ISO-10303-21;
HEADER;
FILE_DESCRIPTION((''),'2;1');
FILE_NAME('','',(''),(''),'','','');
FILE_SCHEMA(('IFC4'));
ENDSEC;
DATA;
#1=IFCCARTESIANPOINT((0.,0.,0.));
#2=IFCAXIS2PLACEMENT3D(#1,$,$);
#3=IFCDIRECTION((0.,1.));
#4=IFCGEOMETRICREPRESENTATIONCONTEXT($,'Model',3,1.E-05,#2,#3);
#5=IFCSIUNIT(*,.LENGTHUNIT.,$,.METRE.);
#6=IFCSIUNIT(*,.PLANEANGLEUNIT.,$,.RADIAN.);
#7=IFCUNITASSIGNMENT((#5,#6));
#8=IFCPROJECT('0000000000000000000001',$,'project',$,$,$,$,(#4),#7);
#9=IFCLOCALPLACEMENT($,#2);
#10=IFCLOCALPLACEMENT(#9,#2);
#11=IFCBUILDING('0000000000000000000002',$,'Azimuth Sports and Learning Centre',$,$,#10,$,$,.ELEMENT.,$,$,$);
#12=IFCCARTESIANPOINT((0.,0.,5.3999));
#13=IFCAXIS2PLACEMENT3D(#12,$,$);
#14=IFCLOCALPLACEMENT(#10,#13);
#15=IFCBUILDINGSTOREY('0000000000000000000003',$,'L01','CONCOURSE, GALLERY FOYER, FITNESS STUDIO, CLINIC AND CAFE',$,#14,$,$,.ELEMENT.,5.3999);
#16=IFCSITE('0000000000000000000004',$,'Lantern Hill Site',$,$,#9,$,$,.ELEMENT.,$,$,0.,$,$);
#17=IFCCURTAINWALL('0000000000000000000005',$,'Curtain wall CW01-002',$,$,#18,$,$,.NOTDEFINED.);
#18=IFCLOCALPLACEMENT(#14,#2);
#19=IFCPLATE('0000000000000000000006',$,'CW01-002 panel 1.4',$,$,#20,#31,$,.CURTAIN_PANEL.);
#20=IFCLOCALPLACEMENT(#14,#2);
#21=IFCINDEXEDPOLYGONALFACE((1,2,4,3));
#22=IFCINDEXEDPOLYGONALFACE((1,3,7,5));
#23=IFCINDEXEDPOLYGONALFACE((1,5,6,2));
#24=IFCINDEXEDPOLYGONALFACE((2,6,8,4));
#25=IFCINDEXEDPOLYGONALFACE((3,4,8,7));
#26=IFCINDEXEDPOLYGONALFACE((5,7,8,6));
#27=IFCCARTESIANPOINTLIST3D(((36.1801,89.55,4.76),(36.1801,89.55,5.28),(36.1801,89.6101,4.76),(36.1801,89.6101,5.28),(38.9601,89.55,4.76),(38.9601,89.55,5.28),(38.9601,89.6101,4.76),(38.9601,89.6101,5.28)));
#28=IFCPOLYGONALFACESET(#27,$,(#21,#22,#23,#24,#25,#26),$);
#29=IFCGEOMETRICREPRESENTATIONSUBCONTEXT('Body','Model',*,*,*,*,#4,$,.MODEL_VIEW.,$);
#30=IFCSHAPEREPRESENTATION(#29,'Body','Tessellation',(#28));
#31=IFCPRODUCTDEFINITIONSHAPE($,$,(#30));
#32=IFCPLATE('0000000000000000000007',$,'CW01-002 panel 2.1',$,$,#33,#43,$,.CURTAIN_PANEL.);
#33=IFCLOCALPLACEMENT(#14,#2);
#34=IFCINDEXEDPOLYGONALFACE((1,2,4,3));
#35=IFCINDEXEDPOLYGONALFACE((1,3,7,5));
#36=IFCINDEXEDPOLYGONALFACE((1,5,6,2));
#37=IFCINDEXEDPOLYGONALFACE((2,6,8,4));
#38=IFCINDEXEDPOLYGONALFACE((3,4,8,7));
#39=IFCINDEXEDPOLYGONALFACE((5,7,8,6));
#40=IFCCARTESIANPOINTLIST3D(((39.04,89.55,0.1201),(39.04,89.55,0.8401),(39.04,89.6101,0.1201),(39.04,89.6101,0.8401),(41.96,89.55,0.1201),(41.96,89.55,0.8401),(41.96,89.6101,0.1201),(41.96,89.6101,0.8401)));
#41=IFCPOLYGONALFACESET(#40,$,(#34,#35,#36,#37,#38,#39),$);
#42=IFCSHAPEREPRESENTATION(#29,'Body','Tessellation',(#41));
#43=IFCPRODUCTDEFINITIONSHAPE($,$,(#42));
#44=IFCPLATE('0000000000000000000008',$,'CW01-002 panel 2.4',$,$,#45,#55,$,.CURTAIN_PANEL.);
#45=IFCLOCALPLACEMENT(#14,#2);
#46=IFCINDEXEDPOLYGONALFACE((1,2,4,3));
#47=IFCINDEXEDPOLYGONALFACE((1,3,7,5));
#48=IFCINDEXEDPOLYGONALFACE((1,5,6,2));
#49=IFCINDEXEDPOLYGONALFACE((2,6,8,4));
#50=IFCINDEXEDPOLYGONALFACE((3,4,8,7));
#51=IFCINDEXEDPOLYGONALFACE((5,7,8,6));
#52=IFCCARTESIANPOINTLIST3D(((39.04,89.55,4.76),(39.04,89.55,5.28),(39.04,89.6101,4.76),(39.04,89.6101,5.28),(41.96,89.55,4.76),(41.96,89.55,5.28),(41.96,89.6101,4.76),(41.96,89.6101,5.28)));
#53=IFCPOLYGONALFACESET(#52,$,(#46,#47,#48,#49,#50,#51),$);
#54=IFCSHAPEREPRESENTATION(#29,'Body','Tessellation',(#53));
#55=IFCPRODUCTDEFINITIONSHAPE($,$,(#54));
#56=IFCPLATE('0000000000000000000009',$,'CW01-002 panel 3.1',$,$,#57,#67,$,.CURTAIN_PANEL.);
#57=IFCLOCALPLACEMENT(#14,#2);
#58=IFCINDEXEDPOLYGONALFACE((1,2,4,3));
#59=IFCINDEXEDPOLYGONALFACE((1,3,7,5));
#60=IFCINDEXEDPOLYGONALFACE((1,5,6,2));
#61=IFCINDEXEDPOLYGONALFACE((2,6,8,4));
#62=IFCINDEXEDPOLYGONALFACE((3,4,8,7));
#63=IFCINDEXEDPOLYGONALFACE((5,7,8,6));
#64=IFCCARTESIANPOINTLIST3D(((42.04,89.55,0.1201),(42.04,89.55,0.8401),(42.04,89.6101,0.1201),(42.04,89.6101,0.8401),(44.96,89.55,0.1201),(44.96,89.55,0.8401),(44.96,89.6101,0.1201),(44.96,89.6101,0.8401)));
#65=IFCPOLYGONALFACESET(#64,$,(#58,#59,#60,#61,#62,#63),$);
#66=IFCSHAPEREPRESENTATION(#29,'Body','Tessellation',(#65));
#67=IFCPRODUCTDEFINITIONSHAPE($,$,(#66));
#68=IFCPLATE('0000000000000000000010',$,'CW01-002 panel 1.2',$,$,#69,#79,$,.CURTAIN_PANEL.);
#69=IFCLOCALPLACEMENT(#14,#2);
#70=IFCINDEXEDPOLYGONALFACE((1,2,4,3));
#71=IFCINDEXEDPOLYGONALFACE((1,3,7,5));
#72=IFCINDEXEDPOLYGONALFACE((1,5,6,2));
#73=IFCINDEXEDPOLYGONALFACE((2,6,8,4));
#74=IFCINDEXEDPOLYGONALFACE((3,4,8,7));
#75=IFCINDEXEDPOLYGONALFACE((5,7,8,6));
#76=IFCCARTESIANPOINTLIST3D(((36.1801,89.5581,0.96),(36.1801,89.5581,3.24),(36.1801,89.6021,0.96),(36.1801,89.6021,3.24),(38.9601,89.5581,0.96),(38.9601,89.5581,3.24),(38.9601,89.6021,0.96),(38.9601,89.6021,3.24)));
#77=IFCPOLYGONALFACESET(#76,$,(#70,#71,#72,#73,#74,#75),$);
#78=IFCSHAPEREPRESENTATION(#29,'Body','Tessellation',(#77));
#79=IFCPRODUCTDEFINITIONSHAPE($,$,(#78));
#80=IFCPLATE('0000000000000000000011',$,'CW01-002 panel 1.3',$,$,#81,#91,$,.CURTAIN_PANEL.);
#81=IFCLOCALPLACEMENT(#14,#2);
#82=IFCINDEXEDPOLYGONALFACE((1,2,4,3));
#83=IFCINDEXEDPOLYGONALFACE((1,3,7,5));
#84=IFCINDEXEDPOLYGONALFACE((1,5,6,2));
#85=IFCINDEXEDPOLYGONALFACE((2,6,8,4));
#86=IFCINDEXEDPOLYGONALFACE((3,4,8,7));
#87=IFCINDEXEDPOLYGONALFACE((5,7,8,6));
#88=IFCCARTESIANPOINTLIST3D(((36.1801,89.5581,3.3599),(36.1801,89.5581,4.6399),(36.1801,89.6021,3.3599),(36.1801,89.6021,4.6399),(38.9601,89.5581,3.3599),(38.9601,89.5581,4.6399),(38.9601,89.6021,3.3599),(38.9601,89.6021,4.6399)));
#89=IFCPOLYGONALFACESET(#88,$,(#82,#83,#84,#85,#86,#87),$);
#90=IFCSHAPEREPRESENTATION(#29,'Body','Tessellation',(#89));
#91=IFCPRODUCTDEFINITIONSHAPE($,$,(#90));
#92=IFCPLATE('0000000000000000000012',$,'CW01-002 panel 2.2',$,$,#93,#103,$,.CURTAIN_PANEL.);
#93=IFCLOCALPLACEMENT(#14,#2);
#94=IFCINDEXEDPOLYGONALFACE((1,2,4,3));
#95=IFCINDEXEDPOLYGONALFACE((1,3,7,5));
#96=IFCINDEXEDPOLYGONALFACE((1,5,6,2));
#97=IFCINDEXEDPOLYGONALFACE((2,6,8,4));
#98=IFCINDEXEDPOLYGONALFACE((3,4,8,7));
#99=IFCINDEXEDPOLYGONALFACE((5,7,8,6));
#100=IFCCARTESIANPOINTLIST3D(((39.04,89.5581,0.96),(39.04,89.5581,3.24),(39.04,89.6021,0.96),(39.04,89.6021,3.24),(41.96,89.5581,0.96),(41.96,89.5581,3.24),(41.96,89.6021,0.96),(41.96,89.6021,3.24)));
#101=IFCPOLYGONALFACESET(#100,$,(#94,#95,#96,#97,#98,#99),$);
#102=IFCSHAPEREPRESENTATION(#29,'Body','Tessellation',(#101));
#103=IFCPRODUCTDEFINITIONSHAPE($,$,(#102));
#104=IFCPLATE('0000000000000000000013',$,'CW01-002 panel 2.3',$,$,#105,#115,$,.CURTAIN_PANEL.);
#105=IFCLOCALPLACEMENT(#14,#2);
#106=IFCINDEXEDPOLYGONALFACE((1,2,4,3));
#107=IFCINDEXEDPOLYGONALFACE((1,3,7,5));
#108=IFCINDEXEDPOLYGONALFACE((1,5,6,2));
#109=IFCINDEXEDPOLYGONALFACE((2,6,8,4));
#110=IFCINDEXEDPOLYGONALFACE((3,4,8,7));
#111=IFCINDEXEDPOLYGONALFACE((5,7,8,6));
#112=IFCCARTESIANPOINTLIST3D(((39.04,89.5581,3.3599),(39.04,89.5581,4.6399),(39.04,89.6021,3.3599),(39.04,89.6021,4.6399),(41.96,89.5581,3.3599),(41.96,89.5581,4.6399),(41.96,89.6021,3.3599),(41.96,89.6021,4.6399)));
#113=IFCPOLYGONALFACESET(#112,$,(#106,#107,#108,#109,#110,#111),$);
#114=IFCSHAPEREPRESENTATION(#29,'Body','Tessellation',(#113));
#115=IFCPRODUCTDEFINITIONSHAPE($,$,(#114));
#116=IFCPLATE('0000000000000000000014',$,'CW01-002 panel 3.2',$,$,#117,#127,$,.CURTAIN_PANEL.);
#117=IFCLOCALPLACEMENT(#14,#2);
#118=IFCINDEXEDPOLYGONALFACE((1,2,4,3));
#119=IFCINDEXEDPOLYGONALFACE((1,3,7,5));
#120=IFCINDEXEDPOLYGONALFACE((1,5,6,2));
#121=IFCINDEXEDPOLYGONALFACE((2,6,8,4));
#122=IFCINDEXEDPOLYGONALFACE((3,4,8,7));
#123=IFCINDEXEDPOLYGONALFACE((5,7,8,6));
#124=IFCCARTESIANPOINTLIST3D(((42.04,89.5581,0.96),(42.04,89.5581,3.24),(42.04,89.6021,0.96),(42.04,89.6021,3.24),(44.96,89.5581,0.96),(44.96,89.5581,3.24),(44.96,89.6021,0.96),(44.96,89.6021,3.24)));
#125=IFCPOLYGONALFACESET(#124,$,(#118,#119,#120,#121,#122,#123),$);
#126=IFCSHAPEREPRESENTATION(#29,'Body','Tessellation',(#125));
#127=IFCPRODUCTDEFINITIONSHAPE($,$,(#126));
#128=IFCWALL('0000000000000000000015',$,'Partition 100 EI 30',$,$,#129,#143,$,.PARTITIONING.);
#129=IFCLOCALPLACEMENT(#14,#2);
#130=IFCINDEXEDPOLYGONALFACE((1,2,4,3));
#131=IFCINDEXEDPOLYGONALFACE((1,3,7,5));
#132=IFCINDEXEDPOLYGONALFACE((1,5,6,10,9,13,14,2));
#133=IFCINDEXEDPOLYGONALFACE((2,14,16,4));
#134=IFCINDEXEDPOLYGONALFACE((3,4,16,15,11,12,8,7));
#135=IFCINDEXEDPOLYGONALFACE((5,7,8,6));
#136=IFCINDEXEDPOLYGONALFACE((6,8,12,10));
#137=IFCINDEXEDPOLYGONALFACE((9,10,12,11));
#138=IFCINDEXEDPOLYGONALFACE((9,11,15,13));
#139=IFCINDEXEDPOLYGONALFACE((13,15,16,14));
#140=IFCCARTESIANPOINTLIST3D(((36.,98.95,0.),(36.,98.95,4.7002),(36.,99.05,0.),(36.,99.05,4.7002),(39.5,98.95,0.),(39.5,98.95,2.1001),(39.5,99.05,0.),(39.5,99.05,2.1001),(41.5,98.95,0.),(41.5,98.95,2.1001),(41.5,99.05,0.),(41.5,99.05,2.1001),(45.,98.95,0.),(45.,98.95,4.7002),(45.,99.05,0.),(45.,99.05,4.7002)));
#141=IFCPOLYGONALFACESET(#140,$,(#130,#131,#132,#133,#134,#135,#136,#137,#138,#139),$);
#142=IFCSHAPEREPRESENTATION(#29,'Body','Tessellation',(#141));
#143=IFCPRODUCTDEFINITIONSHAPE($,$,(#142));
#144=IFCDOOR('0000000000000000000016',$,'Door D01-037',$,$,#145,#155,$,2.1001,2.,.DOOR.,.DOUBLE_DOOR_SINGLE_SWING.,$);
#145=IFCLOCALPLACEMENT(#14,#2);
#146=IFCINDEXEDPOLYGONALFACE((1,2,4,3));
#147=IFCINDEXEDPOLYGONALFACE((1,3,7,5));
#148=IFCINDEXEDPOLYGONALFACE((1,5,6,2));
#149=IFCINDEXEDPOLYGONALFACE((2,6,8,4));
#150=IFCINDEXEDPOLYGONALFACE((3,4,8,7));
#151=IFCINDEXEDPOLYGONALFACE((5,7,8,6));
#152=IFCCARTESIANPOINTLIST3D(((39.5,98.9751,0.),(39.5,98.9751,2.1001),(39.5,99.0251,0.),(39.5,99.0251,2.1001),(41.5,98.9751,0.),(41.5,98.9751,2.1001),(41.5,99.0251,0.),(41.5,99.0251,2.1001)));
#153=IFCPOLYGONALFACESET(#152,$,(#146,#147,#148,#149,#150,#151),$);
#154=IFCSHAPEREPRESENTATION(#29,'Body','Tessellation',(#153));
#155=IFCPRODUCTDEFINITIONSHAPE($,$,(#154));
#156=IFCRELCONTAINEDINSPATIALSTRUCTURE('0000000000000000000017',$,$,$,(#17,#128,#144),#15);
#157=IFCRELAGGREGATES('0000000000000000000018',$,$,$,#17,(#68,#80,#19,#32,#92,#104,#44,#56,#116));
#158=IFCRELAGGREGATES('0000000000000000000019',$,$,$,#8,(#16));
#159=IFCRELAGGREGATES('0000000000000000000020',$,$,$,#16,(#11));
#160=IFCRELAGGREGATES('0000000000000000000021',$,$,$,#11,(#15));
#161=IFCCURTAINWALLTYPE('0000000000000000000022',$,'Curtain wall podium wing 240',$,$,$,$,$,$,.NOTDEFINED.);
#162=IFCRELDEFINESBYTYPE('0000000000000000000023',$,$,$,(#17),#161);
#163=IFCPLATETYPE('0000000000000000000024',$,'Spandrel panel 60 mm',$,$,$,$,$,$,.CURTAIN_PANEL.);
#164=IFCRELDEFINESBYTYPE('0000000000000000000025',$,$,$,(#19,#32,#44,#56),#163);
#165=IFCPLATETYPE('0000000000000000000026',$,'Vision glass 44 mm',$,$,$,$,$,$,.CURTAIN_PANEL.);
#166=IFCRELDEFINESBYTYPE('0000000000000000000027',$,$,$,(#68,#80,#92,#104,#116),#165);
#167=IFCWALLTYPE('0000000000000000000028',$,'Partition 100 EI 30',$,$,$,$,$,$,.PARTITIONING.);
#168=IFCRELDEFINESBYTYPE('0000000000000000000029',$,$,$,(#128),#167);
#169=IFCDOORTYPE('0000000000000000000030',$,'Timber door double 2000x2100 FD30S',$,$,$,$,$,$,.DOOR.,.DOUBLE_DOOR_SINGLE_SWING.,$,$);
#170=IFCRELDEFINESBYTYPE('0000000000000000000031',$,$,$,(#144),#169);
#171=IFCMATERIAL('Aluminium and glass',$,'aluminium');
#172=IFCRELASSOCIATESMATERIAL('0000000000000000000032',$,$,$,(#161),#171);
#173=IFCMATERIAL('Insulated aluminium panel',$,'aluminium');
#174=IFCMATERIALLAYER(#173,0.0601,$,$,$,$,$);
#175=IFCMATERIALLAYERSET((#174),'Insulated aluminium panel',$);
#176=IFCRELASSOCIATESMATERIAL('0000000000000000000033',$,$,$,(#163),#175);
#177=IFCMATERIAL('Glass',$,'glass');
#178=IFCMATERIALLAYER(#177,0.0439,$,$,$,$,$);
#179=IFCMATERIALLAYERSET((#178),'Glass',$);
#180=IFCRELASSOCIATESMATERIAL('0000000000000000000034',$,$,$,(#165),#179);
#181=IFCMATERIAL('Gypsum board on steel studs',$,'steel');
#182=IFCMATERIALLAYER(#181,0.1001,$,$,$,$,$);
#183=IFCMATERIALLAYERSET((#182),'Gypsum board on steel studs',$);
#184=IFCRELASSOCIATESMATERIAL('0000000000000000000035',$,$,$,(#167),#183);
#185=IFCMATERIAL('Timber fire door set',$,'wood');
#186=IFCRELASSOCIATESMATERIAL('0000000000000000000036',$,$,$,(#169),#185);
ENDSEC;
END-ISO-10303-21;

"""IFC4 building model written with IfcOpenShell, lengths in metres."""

from ifc_helpers import new_model, si_unit, direction, frame, frame_2d, origin, origin_2d, place, context, subcontext, project, spatial, rectangle, extrude, material, layer, layer_set, type_object, element, fill, aggregate, save


model = new_model("IFC4")

# Units and contexts
model_context = context("Model", 3, precision=1e-05, world=origin(), true_north=direction((0.0, 1.0)))
body_context = subcontext(model_context, "Body", "Model", "MODEL_VIEW")
ifc_project = project(units=[si_unit("LENGTHUNIT", "METRE"), si_unit("PLANEANGLEUNIT", "RADIAN")], contexts=[model_context])

# Site, building, storey
site_placement = place(None, origin())
site = spatial("IfcSite", under=ifc_project, at=site_placement, Name="Lantern Hill Site", CompositionType="ELEMENT", RefElevation=0.0)
building_placement = place(site_placement, origin())
building = spatial("IfcBuilding", under=site, at=building_placement, Name="Azimuth Sports and Learning Centre", CompositionType="ELEMENT")
storey_placement = place(building_placement, frame((0.0, 0.0, 5.3999)))
storey = spatial("IfcBuildingStorey", under=building, at=storey_placement, Name="L01", Description="CONCOURSE, GALLERY FOYER, FITNESS STUDIO, CLINIC AND CAFE", CompositionType="ELEMENT", Elevation=5.3999)

# Curtain wall, plates
ifc_material_1 = material(Name="Aluminium and glass", Category="aluminium")
curtain_wall_type = type_object("IfcCurtainWallType", Name="Curtain wall podium wing 240", PredefinedType="NOTDEFINED", material=ifc_material_1)
curtain_wall_placement = place(storey_placement, origin())
curtain_wall = element("IfcCurtainWall", 1, at=curtain_wall_placement, inside=storey, type_object=curtain_wall_type, Name="Curtain wall CW01-002", PredefinedType="NOTDEFINED")
ifc_material_2 = material(Name="Insulated aluminium panel", Category="aluminium")
ifc_layer_1 = layer(ifc_material_2, 0.0601)
ifc_layer_set_1 = layer_set([ifc_layer_1], Name="Insulated aluminium panel")
plate_type_1 = type_object("IfcPlateType", Name="Spandrel panel 60 mm", PredefinedType="CURTAIN_PANEL", material=ifc_layer_set_1)
plate_1_placement = place(storey_placement, frame((37.5701, 89.5801, 4.76), z_axis=(0.0, 0.0, 1.0), x_axis=(1.0, 0.0, 0.0)))
plate_1 = element("IfcPlate", 2, at=plate_1_placement, type_object=plate_type_1, Name="CW01-002 panel 1.4", PredefinedType="CURTAIN_PANEL", context=body_context, shape_type="SweptSolid", body=[
    extrude(rectangle(XDim=2.78, YDim=0.0601, at=origin_2d()), origin(), (0.0, 0.0, 1.0), 0.52),
])
plate_2_placement = place(storey_placement, frame((40.5, 89.5801, 0.1201), z_axis=(0.0, 0.0, 1.0), x_axis=(1.0, 0.0, 0.0)))
plate_2 = element("IfcPlate", 3, at=plate_2_placement, type_object=plate_type_1, Name="CW01-002 panel 2.1", PredefinedType="CURTAIN_PANEL", context=body_context, shape_type="SweptSolid", body=[
    extrude(rectangle(XDim=2.9199, YDim=0.0601, at=origin_2d()), origin(), (0.0, 0.0, 1.0), 0.72),
])
plate_3_placement = place(storey_placement, frame((40.5, 89.5801, 4.76), z_axis=(0.0, 0.0, 1.0), x_axis=(1.0, 0.0, 0.0)))
plate_3 = element("IfcPlate", 4, at=plate_3_placement, type_object=plate_type_1, Name="CW01-002 panel 2.4", PredefinedType="CURTAIN_PANEL", context=body_context, shape_type="SweptSolid", body=[
    extrude(rectangle(XDim=2.9199, YDim=0.0601, at=origin_2d()), origin(), (0.0, 0.0, 1.0), 0.52),
])
plate_4_placement = place(storey_placement, frame((43.5, 89.5801, 0.1201), z_axis=(0.0, 0.0, 1.0), x_axis=(1.0, 0.0, 0.0)))
plate_4 = element("IfcPlate", 5, at=plate_4_placement, type_object=plate_type_1, Name="CW01-002 panel 3.1", PredefinedType="CURTAIN_PANEL", context=body_context, shape_type="SweptSolid", body=[
    extrude(rectangle(XDim=2.9199, YDim=0.0601, at=origin_2d()), origin(), (0.0, 0.0, 1.0), 0.72),
])
ifc_material_3 = material(Name="Glass", Category="glass")
ifc_layer_2 = layer(ifc_material_3, 0.0439)
ifc_layer_set_2 = layer_set([ifc_layer_2], Name="Glass")
plate_type_2 = type_object("IfcPlateType", Name="Vision glass 44 mm", PredefinedType="CURTAIN_PANEL", material=ifc_layer_set_2)
plate_5_placement = place(storey_placement, frame((37.5701, 89.5801, 0.96), z_axis=(0.0, 0.0, 1.0), x_axis=(1.0, 0.0, 0.0)))
plate_5 = element("IfcPlate", 6, at=plate_5_placement, type_object=plate_type_2, Name="CW01-002 panel 1.2", PredefinedType="CURTAIN_PANEL", context=body_context, shape_type="SweptSolid", body=[
    extrude(rectangle(XDim=2.78, YDim=0.0439, at=origin_2d()), origin(), (0.0, 0.0, 1.0), 2.28),
])
plate_6_placement = place(storey_placement, frame((37.5701, 89.5801, 3.3599), z_axis=(0.0, 0.0, 1.0), x_axis=(1.0, 0.0, 0.0)))
plate_6 = element("IfcPlate", 7, at=plate_6_placement, type_object=plate_type_2, Name="CW01-002 panel 1.3", PredefinedType="CURTAIN_PANEL", context=body_context, shape_type="SweptSolid", body=[
    extrude(rectangle(XDim=2.78, YDim=0.0439, at=origin_2d()), origin(), (0.0, 0.0, 1.0), 1.28),
])
plate_7_placement = place(storey_placement, frame((40.5, 89.5801, 0.96), z_axis=(0.0, 0.0, 1.0), x_axis=(1.0, 0.0, 0.0)))
plate_7 = element("IfcPlate", 8, at=plate_7_placement, type_object=plate_type_2, Name="CW01-002 panel 2.2", PredefinedType="CURTAIN_PANEL", context=body_context, shape_type="SweptSolid", body=[
    extrude(rectangle(XDim=2.9199, YDim=0.0439, at=origin_2d()), origin(), (0.0, 0.0, 1.0), 2.28),
])
plate_8_placement = place(storey_placement, frame((40.5, 89.5801, 3.3599), z_axis=(0.0, 0.0, 1.0), x_axis=(1.0, 0.0, 0.0)))
plate_8 = element("IfcPlate", 9, at=plate_8_placement, type_object=plate_type_2, Name="CW01-002 panel 2.3", PredefinedType="CURTAIN_PANEL", context=body_context, shape_type="SweptSolid", body=[
    extrude(rectangle(XDim=2.9199, YDim=0.0439, at=origin_2d()), origin(), (0.0, 0.0, 1.0), 1.28),
])
plate_9_placement = place(storey_placement, frame((43.5, 89.5801, 0.96), z_axis=(0.0, 0.0, 1.0), x_axis=(1.0, 0.0, 0.0)))
plate_9 = element("IfcPlate", 10, at=plate_9_placement, type_object=plate_type_2, Name="CW01-002 panel 3.2", PredefinedType="CURTAIN_PANEL", context=body_context, shape_type="SweptSolid", body=[
    extrude(rectangle(XDim=2.9199, YDim=0.0439, at=origin_2d()), origin(), (0.0, 0.0, 1.0), 2.28),
])
aggregate(curtain_wall, [plate_5, plate_6, plate_1, plate_2, plate_7, plate_8, plate_3, plate_4, plate_9])

# Wall, opening, door
ifc_material_4 = material(Name="Gypsum board on steel studs", Category="steel")
ifc_layer_3 = layer(ifc_material_4, 0.1001)
ifc_layer_set_3 = layer_set([ifc_layer_3], Name="Gypsum board on steel studs")
wall_type = type_object("IfcWallType", Name="Partition 100 EI 30", PredefinedType="PARTITIONING", material=ifc_layer_set_3)
wall_placement = place(storey_placement, frame((36.0, 99.0, 0.0), z_axis=(0.0, 0.0, 1.0), x_axis=(1.0, 0.0, 0.0)))
wall = element("IfcWall", 11, at=wall_placement, inside=storey, type_object=wall_type, Name="Partition 100 EI 30", PredefinedType="PARTITIONING", context=body_context, shape_type="SweptSolid", body=[
    extrude(rectangle(XDim=9.0, YDim=0.1001, at=frame_2d((4.5, 0.0))), origin(), (0.0, 0.0, 1.0), 4.7002),
])
opening_placement = place(wall_placement, frame((3.5, 0.0, 0.0)))
opening = element("IfcOpeningElement", 12, at=opening_placement, cuts=wall, PredefinedType="OPENING", context=body_context, shape_type="SweptSolid", body=[
    extrude(rectangle(XDim=2.0, YDim=2.1001, at=frame_2d((1.0, 1.05))), frame((0.0, 0.061, 0.0), z_axis=(0.0, -1.0, 0.0), x_axis=(1.0, 0.0, 0.0)), (0.0, 0.0, 1.0), 0.1221),
])
ifc_material_5 = material(Name="Timber fire door set", Category="wood")
door_type = type_object("IfcDoorType", Name="Timber door double 2000x2100 FD30S", OperationType="DOUBLE_DOOR_SINGLE_SWING", PredefinedType="DOOR", material=ifc_material_5)
door_placement = place(opening_placement, frame((2.0, 0.0, 0.0), z_axis=(0.0, 0.0, 1.0), x_axis=(-1.0, 0.0, 0.0)))
door = element("IfcDoor", 13, at=door_placement, inside=storey, type_object=door_type, Name="Door D01-037", OperationType="DOUBLE_DOOR_SINGLE_SWING", OverallHeight=2.1001, OverallWidth=2.0, PredefinedType="DOOR", context=body_context, shape_type="SweptSolid", body=[
    extrude(rectangle(XDim=2.0, YDim=2.1001, at=frame_2d((1.0, 1.05))), frame((0.0, 0.0249, 0.0), z_axis=(0.0, -1.0, 0.0), x_axis=(1.0, 0.0, 0.0)), (0.0, 0.0, 1.0), 0.05),
])
fill(opening, door)

save(model, "model.ifc")
